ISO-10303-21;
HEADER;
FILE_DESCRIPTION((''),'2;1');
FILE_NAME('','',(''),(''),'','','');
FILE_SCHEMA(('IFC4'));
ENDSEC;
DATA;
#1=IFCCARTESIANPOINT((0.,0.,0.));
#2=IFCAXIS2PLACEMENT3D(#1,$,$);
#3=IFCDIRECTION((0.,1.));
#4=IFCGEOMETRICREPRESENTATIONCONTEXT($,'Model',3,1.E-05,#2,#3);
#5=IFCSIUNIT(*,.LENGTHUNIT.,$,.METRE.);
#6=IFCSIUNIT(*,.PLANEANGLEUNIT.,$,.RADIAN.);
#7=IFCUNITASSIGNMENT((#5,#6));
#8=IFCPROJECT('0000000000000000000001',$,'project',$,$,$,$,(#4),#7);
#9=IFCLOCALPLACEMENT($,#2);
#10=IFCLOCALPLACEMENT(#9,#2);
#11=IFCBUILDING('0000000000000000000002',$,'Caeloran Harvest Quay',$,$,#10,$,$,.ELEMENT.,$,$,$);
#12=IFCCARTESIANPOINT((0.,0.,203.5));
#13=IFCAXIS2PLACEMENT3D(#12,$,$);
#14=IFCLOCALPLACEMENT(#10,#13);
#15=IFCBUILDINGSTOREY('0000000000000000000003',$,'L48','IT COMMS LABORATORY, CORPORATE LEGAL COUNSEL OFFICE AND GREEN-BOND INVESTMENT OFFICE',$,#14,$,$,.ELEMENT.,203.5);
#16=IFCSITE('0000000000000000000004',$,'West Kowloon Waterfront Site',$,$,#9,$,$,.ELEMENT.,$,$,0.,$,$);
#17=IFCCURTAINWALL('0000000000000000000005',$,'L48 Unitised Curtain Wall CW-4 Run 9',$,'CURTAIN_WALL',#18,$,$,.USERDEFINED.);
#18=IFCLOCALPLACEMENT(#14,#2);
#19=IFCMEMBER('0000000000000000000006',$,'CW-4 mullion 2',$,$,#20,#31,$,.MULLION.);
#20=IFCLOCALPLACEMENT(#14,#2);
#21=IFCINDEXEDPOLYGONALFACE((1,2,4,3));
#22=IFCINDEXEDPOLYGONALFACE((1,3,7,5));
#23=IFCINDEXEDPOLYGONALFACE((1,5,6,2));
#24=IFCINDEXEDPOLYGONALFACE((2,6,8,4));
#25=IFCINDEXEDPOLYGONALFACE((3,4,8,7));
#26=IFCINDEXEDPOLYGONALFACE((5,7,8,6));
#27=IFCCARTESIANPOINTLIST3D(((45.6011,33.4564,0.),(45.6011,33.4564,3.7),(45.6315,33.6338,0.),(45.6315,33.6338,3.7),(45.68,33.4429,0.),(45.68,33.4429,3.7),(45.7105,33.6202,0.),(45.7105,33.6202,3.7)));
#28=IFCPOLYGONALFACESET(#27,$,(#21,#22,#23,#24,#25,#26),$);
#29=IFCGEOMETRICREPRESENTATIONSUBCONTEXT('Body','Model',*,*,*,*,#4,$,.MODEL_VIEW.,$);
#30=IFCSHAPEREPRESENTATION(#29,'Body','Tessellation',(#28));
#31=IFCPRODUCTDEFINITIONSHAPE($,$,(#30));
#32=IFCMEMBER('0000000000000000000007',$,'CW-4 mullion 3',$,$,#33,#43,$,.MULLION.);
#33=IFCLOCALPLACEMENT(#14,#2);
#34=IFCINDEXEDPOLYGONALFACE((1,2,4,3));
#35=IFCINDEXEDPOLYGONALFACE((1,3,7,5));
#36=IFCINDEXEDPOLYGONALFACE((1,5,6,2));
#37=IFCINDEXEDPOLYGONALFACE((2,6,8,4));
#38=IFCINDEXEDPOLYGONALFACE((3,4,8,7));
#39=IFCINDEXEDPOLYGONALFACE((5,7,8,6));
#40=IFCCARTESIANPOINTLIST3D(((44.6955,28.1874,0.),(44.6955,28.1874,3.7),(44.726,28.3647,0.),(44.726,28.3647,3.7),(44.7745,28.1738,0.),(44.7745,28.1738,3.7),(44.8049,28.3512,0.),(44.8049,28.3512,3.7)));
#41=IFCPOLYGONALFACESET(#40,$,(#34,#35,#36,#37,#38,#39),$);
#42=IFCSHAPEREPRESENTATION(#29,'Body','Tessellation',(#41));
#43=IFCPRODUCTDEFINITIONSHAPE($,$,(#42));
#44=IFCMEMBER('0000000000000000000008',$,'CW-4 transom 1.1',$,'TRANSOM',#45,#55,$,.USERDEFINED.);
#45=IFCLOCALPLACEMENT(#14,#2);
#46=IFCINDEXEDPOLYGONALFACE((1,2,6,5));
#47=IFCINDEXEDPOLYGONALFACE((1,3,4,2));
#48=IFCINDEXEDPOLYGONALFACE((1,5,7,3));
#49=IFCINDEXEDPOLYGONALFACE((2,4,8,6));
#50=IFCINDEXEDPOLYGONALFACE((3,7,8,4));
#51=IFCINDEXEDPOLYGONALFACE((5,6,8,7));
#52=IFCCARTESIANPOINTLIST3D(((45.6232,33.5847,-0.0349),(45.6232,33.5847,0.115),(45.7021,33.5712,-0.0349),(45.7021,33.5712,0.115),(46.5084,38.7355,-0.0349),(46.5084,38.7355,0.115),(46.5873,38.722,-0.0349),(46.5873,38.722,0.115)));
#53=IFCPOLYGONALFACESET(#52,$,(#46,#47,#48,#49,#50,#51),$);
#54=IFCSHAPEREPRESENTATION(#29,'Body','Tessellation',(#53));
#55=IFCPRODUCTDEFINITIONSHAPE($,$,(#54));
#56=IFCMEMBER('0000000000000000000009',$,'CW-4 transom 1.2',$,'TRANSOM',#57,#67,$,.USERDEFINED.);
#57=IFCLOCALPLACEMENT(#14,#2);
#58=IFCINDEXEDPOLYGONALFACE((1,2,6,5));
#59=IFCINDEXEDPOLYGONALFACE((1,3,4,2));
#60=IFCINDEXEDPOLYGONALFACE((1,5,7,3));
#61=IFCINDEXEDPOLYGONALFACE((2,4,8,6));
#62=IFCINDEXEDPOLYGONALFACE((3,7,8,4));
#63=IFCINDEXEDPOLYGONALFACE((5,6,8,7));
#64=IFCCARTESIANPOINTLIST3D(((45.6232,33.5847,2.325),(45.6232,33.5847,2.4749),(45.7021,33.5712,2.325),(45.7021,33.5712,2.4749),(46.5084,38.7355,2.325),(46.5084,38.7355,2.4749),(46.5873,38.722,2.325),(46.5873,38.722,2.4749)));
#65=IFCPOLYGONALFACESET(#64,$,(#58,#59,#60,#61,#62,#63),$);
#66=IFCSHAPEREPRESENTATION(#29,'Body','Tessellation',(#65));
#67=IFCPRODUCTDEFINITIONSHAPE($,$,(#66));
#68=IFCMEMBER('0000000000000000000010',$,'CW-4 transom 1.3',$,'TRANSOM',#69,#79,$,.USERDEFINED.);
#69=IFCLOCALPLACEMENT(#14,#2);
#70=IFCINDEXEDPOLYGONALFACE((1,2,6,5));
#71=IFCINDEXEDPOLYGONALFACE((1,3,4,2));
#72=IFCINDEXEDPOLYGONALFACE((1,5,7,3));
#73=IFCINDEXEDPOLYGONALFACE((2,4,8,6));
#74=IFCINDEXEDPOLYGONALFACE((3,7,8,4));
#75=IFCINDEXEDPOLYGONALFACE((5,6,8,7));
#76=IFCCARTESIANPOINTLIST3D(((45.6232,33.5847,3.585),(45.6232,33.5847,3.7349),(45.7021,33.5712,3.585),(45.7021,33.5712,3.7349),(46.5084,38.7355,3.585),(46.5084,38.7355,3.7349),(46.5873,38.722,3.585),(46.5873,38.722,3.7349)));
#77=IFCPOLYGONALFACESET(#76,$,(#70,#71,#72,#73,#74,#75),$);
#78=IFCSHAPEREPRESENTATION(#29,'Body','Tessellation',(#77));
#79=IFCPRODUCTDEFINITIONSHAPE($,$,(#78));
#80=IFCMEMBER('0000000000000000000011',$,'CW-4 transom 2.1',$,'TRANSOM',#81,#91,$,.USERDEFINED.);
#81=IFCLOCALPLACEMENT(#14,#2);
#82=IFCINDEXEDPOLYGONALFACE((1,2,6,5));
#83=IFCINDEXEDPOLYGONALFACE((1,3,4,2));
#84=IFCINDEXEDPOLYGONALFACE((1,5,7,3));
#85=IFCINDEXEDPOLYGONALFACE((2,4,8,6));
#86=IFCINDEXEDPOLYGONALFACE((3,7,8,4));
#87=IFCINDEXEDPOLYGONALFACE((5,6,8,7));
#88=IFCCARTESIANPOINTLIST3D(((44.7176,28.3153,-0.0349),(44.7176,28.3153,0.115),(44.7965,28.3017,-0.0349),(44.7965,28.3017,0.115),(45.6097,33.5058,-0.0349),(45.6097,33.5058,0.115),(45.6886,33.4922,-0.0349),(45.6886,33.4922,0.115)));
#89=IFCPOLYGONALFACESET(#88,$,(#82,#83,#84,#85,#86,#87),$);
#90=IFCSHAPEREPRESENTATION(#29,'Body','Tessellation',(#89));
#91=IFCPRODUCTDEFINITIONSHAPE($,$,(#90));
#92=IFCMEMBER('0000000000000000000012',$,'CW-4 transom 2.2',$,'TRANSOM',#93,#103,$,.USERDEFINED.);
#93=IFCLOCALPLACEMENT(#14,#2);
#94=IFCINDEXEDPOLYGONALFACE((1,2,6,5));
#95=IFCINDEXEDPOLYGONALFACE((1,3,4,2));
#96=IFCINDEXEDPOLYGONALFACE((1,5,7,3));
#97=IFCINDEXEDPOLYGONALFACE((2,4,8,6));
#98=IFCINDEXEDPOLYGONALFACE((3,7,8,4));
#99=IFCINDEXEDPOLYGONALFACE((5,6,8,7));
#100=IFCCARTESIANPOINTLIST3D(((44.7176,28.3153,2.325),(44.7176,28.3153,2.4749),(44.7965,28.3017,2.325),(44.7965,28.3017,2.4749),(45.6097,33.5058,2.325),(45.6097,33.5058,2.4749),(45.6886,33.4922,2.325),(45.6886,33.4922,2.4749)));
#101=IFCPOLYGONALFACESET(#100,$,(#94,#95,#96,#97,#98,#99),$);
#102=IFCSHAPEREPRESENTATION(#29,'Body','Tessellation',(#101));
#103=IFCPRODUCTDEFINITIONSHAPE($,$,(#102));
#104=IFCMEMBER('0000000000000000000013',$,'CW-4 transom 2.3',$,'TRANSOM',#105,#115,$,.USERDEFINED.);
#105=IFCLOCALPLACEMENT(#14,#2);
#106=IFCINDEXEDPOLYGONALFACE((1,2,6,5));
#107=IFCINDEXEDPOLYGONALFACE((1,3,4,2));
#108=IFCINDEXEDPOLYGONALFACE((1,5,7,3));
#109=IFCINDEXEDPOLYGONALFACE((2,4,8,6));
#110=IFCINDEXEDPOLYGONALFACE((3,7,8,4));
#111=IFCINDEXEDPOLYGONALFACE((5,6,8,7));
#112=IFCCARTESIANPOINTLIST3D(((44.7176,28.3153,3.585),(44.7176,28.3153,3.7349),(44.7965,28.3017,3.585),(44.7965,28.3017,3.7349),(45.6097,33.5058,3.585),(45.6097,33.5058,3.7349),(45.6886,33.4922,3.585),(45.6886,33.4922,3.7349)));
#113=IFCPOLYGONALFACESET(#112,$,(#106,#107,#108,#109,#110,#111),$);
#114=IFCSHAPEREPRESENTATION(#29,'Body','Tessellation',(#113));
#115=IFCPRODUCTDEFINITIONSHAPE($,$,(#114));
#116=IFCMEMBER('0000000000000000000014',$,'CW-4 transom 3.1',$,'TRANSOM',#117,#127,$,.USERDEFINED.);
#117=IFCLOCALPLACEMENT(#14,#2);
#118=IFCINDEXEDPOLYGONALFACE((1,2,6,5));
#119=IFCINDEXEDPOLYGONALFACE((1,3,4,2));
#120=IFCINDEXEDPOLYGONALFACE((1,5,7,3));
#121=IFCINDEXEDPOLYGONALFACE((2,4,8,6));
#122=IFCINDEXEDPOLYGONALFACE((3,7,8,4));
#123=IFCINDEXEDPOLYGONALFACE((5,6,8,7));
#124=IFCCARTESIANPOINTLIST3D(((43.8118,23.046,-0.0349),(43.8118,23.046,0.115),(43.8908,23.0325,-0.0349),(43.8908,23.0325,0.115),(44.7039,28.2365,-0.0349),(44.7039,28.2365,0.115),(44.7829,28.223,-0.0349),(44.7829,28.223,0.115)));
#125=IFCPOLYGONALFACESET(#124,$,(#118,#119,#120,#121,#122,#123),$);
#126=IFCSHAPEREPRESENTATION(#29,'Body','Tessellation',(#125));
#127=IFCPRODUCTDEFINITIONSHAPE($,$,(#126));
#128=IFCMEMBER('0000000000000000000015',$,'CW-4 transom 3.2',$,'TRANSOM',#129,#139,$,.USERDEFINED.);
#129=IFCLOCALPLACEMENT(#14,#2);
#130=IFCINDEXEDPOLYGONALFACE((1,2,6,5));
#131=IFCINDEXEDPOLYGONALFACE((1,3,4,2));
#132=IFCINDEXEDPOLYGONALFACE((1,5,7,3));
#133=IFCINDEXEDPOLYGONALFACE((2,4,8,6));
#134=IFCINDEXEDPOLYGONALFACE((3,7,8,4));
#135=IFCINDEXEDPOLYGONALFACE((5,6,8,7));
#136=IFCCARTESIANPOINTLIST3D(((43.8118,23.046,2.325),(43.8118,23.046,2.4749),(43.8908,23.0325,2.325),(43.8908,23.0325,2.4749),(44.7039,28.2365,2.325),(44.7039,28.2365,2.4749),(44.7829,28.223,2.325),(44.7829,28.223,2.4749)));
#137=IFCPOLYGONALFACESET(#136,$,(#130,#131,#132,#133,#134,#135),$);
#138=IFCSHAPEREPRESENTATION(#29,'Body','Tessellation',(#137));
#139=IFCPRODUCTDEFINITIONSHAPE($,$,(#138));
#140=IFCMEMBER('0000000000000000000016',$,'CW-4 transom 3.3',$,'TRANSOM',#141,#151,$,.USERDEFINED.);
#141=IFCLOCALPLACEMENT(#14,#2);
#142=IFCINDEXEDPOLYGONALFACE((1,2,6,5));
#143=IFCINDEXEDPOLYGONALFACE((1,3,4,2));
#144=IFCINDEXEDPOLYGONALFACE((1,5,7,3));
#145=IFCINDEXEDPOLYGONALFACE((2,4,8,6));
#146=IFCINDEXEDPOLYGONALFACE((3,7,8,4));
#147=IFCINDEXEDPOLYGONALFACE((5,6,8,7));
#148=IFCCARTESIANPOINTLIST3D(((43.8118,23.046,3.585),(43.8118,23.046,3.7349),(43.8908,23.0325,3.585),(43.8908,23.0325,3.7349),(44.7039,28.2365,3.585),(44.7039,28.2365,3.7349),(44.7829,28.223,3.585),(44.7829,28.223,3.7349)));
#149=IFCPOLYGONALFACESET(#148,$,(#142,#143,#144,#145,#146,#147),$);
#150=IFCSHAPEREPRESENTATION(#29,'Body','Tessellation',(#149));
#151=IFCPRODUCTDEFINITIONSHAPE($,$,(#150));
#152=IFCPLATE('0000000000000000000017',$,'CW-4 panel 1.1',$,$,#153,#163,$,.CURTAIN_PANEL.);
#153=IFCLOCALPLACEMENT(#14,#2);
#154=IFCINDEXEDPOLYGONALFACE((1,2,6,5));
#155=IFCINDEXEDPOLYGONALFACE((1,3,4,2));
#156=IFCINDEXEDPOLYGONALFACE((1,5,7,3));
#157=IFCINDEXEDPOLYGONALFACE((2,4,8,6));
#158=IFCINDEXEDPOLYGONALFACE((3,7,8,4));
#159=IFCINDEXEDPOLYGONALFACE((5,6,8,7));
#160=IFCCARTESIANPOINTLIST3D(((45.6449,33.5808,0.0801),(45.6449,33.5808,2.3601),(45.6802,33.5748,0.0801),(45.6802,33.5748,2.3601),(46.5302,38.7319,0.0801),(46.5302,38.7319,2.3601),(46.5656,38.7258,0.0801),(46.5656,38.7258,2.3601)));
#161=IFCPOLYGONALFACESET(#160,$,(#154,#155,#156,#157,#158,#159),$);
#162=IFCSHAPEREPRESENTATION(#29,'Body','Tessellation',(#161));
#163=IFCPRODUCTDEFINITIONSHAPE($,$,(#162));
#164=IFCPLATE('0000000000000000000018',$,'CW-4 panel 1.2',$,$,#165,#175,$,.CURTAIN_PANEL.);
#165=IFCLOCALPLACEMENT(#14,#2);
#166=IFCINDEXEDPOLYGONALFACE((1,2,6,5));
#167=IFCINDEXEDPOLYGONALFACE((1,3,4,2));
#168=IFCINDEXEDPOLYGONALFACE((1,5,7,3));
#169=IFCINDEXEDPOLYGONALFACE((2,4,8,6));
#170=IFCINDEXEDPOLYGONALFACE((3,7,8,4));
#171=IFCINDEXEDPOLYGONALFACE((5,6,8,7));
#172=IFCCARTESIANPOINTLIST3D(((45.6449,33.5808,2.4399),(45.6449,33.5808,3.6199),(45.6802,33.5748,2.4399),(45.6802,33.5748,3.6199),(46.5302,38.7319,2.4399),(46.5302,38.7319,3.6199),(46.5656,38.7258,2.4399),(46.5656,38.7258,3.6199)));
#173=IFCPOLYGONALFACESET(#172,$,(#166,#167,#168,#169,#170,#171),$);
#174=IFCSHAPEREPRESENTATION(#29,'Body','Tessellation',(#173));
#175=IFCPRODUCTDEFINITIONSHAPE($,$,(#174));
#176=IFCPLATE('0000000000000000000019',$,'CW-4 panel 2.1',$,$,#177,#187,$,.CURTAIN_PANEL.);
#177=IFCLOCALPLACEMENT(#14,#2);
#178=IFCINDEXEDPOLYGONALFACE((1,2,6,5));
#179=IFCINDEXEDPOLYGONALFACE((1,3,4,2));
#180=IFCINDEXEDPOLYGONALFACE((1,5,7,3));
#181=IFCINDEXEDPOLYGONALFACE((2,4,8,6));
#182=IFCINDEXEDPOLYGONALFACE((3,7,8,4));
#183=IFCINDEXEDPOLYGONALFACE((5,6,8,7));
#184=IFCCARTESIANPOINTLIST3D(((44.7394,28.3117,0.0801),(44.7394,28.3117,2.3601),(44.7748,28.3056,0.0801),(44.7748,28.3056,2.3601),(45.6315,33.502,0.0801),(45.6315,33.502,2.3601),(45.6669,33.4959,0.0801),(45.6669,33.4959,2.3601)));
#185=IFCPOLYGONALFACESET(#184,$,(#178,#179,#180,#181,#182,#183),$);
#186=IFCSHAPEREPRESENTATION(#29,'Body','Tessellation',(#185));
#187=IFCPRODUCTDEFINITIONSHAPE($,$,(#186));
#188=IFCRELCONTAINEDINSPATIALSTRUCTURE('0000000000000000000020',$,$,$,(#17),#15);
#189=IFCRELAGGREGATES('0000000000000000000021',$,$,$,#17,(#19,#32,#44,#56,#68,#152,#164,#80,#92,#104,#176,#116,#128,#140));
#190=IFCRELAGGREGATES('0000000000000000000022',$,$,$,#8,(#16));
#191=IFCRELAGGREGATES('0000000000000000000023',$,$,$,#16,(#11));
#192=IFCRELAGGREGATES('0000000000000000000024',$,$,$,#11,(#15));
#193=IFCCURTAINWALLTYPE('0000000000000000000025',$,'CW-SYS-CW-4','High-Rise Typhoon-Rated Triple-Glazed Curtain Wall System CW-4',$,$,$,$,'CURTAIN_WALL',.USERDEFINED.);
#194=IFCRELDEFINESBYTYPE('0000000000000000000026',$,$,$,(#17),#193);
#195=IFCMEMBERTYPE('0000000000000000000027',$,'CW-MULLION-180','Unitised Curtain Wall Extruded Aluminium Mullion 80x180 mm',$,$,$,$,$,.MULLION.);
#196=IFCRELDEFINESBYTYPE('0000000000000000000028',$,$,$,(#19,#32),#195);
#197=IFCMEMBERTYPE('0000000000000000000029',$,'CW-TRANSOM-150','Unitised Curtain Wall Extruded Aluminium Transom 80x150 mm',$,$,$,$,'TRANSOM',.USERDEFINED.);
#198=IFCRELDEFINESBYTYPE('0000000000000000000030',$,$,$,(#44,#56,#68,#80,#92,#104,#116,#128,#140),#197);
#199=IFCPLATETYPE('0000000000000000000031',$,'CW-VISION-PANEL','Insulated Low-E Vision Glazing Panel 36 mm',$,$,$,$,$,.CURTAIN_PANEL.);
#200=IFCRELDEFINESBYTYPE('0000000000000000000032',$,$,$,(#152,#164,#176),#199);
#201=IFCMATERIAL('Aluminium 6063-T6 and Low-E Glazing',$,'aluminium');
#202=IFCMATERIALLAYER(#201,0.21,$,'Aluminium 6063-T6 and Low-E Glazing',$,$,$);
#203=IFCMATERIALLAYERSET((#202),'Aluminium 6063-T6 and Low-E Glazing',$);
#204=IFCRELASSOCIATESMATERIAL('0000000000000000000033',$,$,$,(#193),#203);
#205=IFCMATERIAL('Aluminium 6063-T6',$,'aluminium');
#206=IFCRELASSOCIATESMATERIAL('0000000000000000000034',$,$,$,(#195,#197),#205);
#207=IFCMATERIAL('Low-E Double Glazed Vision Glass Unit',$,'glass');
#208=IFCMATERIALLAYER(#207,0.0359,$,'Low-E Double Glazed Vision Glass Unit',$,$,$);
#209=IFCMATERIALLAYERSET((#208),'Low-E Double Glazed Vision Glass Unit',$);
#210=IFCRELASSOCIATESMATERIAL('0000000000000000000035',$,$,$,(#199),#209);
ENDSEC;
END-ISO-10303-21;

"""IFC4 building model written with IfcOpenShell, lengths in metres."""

from ifc_helpers import new_model, si_unit, direction, frame, origin, origin_2d, place, context, subcontext, project, spatial, rectangle, extrude, material, layer, layer_set, material_profile, profile_set, type_object, element, aggregate, save


model = new_model("IFC4")

# Units and contexts
model_context = context("Model", 3, precision=1e-05, world=origin(), true_north=direction((0.0, 1.0)))
body_context = subcontext(model_context, "Body", "Model", "MODEL_VIEW")
ifc_project = project(units=[si_unit("LENGTHUNIT", "METRE"), si_unit("PLANEANGLEUNIT", "RADIAN")], contexts=[model_context])

# Site, building, storey
site_placement = place(None, origin())
site = spatial("IfcSite", under=ifc_project, at=site_placement, Name="West Kowloon Waterfront Site", CompositionType="ELEMENT", RefElevation=0.0)
building_placement = place(site_placement, origin())
building = spatial("IfcBuilding", under=site, at=building_placement, Name="Caeloran Harvest Quay", CompositionType="ELEMENT")
storey_placement = place(building_placement, frame((0.0, 0.0, 203.5)))
storey = spatial("IfcBuildingStorey", under=building, at=storey_placement, Name="L48", Description="IT COMMS LABORATORY, CORPORATE LEGAL COUNSEL OFFICE AND GREEN-BOND INVESTMENT OFFICE", CompositionType="ELEMENT", Elevation=203.5)

# Curtain wall, members, plates
ifc_material_1 = material(Name="Aluminium 6063-T6 and Low-E Glazing", Category="aluminium")
ifc_layer_1 = layer(ifc_material_1, 0.21, Name="Aluminium 6063-T6 and Low-E Glazing")
ifc_layer_set_1 = layer_set([ifc_layer_1], Name="Aluminium 6063-T6 and Low-E Glazing")
curtain_wall_type = type_object("IfcCurtainWallType", Name="CW-SYS-CW-4", Description="High-Rise Typhoon-Rated Triple-Glazed Curtain Wall System CW-4", ElementType="CURTAIN_WALL", PredefinedType="USERDEFINED", material=ifc_layer_set_1)
curtain_wall_placement = place(storey_placement, origin())
curtain_wall = element("IfcCurtainWall", 1, at=curtain_wall_placement, inside=storey, type_object=curtain_wall_type, Name="L48 Unitised Curtain Wall CW-4 Run 9", ObjectType="CURTAIN_WALL", PredefinedType="USERDEFINED")
ifc_material_2 = material(Name="Aluminium 6063-T6", Category="aluminium")
ifc_material_profile_1 = material_profile(ifc_material_2, rectangle(XDim=0.0801, YDim=0.1799, at=origin_2d()), Name="CW-MULLION-180")
ifc_profile_set_1 = profile_set([ifc_material_profile_1], Name="Aluminium 6063-T6")
member_type_1 = type_object("IfcMemberType", Name="CW-MULLION-180", Description="Unitised Curtain Wall Extruded Aluminium Mullion 80x180 mm", PredefinedType="MULLION", material=ifc_profile_set_1)
member_1_placement = place(storey_placement, frame((45.6558, 33.5383, 0.0), z_axis=(0.0, 0.0, 1.0), x_axis=(0.985549, -0.169392, 0.0)))
member_1 = element("IfcMember", 2, at=member_1_placement, type_object=member_type_1, Name="CW-4 mullion 2", PredefinedType="MULLION", context=body_context, shape_type="SweptSolid", body=[
    extrude(rectangle(XDim=0.0801, YDim=0.1799, at=origin_2d()), origin(), (0.0, 0.0, 1.0), 3.7),
])
member_2_placement = place(storey_placement, frame((44.7502, 28.2693, 0.0), z_axis=(0.0, 0.0, 1.0), x_axis=(0.985549, -0.169392, 0.0)))
member_2 = element("IfcMember", 3, at=member_2_placement, type_object=member_type_1, Name="CW-4 mullion 3", PredefinedType="MULLION", context=body_context, shape_type="SweptSolid", body=[
    extrude(rectangle(XDim=0.0801, YDim=0.1799, at=origin_2d()), origin(), (0.0, 0.0, 1.0), 3.7),
])
ifc_material_profile_2 = material_profile(ifc_material_2, rectangle(XDim=0.0801, YDim=0.1499, at=origin_2d()), Name="CW-TRANSOM-150")
ifc_profile_set_2 = profile_set([ifc_material_profile_2], Name="Aluminium 6063-T6")
member_type_2 = type_object("IfcMemberType", Name="CW-TRANSOM-150", Description="Unitised Curtain Wall Extruded Aluminium Transom 80x150 mm", ElementType="TRANSOM", PredefinedType="USERDEFINED", material=ifc_profile_set_2)
member_3_placement = place(storey_placement, frame((46.5479, 38.7288, 0.04), z_axis=(-0.169381, -0.985551, 0.0), x_axis=(0.985551, -0.169381, 0.0)))
member_3 = element("IfcMember", 4, at=member_3_placement, type_object=member_type_2, Name="CW-4 transom 1.1", ObjectType="TRANSOM", PredefinedType="USERDEFINED", context=body_context, shape_type="SweptSolid", body=[
    extrude(rectangle(XDim=0.0801, YDim=0.1499, at=origin_2d()), origin(), (0.0, 0.0, 1.0), 5.2263),
])
member_4_placement = place(storey_placement, frame((46.5479, 38.7288, 2.3999), z_axis=(-0.169381, -0.985551, 0.0), x_axis=(0.985551, -0.169381, 0.0)))
member_4 = element("IfcMember", 5, at=member_4_placement, type_object=member_type_2, Name="CW-4 transom 1.2", ObjectType="TRANSOM", PredefinedType="USERDEFINED", context=body_context, shape_type="SweptSolid", body=[
    extrude(rectangle(XDim=0.0801, YDim=0.1499, at=origin_2d()), origin(), (0.0, 0.0, 1.0), 5.2263),
])
member_5_placement = place(storey_placement, frame((46.5479, 38.7288, 3.6599), z_axis=(-0.169381, -0.985551, 0.0), x_axis=(0.985551, -0.169381, 0.0)))
member_5 = element("IfcMember", 6, at=member_5_placement, type_object=member_type_2, Name="CW-4 transom 1.3", ObjectType="TRANSOM", PredefinedType="USERDEFINED", context=body_context, shape_type="SweptSolid", body=[
    extrude(rectangle(XDim=0.0801, YDim=0.1499, at=origin_2d()), origin(), (0.0, 0.0, 1.0), 5.2263),
])
member_6_placement = place(storey_placement, frame((45.6492, 33.499, 0.04), z_axis=(-0.169388, -0.985549, 0.0), x_axis=(0.985549, -0.169388, 0.0)))
member_6 = element("IfcMember", 7, at=member_6_placement, type_object=member_type_2, Name="CW-4 transom 2.1", ObjectType="TRANSOM", PredefinedType="USERDEFINED", context=body_context, shape_type="SweptSolid", body=[
    extrude(rectangle(XDim=0.0801, YDim=0.1499, at=origin_2d()), origin(), (0.0, 0.0, 1.0), 5.2666),
])
member_7_placement = place(storey_placement, frame((45.6492, 33.499, 2.3999), z_axis=(-0.169388, -0.985549, 0.0), x_axis=(0.985549, -0.169388, 0.0)))
member_7 = element("IfcMember", 8, at=member_7_placement, type_object=member_type_2, Name="CW-4 transom 2.2", ObjectType="TRANSOM", PredefinedType="USERDEFINED", context=body_context, shape_type="SweptSolid", body=[
    extrude(rectangle(XDim=0.0801, YDim=0.1499, at=origin_2d()), origin(), (0.0, 0.0, 1.0), 5.2666),
])
member_8_placement = place(storey_placement, frame((45.6492, 33.499, 3.6599), z_axis=(-0.169388, -0.985549, 0.0), x_axis=(0.985549, -0.169388, 0.0)))
member_8 = element("IfcMember", 9, at=member_8_placement, type_object=member_type_2, Name="CW-4 transom 2.3", ObjectType="TRANSOM", PredefinedType="USERDEFINED", context=body_context, shape_type="SweptSolid", body=[
    extrude(rectangle(XDim=0.0801, YDim=0.1499, at=origin_2d()), origin(), (0.0, 0.0, 1.0), 5.2666),
])
member_9_placement = place(storey_placement, frame((44.7434, 28.2297, 0.04), z_axis=(-0.169388, -0.985549, 0.0), x_axis=(0.985549, -0.169388, 0.0)))
member_9 = element("IfcMember", 10, at=member_9_placement, type_object=member_type_2, Name="CW-4 transom 3.1", ObjectType="TRANSOM", PredefinedType="USERDEFINED", context=body_context, shape_type="SweptSolid", body=[
    extrude(rectangle(XDim=0.0801, YDim=0.1499, at=origin_2d()), origin(), (0.0, 0.0, 1.0), 5.2666),
])
member_10_placement = place(storey_placement, frame((44.7434, 28.2297, 2.3999), z_axis=(-0.169388, -0.985549, 0.0), x_axis=(0.985549, -0.169388, 0.0)))
member_10 = element("IfcMember", 11, at=member_10_placement, type_object=member_type_2, Name="CW-4 transom 3.2", ObjectType="TRANSOM", PredefinedType="USERDEFINED", context=body_context, shape_type="SweptSolid", body=[
    extrude(rectangle(XDim=0.0801, YDim=0.1499, at=origin_2d()), origin(), (0.0, 0.0, 1.0), 5.2666),
])
member_11_placement = place(storey_placement, frame((44.7434, 28.2297, 3.6599), z_axis=(-0.169388, -0.985549, 0.0), x_axis=(0.985549, -0.169388, 0.0)))
member_11 = element("IfcMember", 12, at=member_11_placement, type_object=member_type_2, Name="CW-4 transom 3.3", ObjectType="TRANSOM", PredefinedType="USERDEFINED", context=body_context, shape_type="SweptSolid", body=[
    extrude(rectangle(XDim=0.0801, YDim=0.1499, at=origin_2d()), origin(), (0.0, 0.0, 1.0), 5.2666),
])
ifc_material_3 = material(Name="Low-E Double Glazed Vision Glass Unit", Category="glass")
ifc_layer_2 = layer(ifc_material_3, 0.0359, Name="Low-E Double Glazed Vision Glass Unit")
ifc_layer_set_2 = layer_set([ifc_layer_2], Name="Low-E Double Glazed Vision Glass Unit")
plate_type = type_object("IfcPlateType", Name="CW-VISION-PANEL", Description="Insulated Low-E Vision Glazing Panel 36 mm", PredefinedType="CURTAIN_PANEL", material=ifc_layer_set_2)
plate_1_placement = place(storey_placement, frame((46.1052, 36.1533, 0.0801), z_axis=(0.0, 0.0, 1.0), x_axis=(-0.169392, -0.985549, 0.0)))
plate_1 = element("IfcPlate", 13, at=plate_1_placement, type_object=plate_type, Name="CW-4 panel 1.1", PredefinedType="CURTAIN_PANEL", context=body_context, shape_type="SweptSolid", body=[
    extrude(rectangle(XDim=5.2266, YDim=0.0359, at=origin_2d()), origin(), (0.0, 0.0, 1.0), 2.28),
])
plate_2_placement = place(storey_placement, frame((46.1052, 36.1533, 2.4399), z_axis=(0.0, 0.0, 1.0), x_axis=(-0.169392, -0.985549, 0.0)))
plate_2 = element("IfcPlate", 14, at=plate_2_placement, type_object=plate_type, Name="CW-4 panel 1.2", PredefinedType="CURTAIN_PANEL", context=body_context, shape_type="SweptSolid", body=[
    extrude(rectangle(XDim=5.2266, YDim=0.0359, at=origin_2d()), origin(), (0.0, 0.0, 1.0), 1.1799),
])
plate_3_placement = place(storey_placement, frame((45.2031, 30.9038, 0.0801), z_axis=(0.0, 0.0, 1.0), x_axis=(-0.169392, -0.985549, 0.0)))
plate_3 = element("IfcPlate", 15, at=plate_3_placement, type_object=plate_type, Name="CW-4 panel 2.1", PredefinedType="CURTAIN_PANEL", context=body_context, shape_type="SweptSolid", body=[
    extrude(rectangle(XDim=5.2664, YDim=0.0359, at=origin_2d()), origin(), (0.0, 0.0, 1.0), 2.28),
])
aggregate(curtain_wall, [member_1, member_2, member_3, member_4, member_5, plate_1, plate_2, member_6, member_7, member_8, plate_3, member_9, member_10, member_11])

save(model, "model.ifc")
